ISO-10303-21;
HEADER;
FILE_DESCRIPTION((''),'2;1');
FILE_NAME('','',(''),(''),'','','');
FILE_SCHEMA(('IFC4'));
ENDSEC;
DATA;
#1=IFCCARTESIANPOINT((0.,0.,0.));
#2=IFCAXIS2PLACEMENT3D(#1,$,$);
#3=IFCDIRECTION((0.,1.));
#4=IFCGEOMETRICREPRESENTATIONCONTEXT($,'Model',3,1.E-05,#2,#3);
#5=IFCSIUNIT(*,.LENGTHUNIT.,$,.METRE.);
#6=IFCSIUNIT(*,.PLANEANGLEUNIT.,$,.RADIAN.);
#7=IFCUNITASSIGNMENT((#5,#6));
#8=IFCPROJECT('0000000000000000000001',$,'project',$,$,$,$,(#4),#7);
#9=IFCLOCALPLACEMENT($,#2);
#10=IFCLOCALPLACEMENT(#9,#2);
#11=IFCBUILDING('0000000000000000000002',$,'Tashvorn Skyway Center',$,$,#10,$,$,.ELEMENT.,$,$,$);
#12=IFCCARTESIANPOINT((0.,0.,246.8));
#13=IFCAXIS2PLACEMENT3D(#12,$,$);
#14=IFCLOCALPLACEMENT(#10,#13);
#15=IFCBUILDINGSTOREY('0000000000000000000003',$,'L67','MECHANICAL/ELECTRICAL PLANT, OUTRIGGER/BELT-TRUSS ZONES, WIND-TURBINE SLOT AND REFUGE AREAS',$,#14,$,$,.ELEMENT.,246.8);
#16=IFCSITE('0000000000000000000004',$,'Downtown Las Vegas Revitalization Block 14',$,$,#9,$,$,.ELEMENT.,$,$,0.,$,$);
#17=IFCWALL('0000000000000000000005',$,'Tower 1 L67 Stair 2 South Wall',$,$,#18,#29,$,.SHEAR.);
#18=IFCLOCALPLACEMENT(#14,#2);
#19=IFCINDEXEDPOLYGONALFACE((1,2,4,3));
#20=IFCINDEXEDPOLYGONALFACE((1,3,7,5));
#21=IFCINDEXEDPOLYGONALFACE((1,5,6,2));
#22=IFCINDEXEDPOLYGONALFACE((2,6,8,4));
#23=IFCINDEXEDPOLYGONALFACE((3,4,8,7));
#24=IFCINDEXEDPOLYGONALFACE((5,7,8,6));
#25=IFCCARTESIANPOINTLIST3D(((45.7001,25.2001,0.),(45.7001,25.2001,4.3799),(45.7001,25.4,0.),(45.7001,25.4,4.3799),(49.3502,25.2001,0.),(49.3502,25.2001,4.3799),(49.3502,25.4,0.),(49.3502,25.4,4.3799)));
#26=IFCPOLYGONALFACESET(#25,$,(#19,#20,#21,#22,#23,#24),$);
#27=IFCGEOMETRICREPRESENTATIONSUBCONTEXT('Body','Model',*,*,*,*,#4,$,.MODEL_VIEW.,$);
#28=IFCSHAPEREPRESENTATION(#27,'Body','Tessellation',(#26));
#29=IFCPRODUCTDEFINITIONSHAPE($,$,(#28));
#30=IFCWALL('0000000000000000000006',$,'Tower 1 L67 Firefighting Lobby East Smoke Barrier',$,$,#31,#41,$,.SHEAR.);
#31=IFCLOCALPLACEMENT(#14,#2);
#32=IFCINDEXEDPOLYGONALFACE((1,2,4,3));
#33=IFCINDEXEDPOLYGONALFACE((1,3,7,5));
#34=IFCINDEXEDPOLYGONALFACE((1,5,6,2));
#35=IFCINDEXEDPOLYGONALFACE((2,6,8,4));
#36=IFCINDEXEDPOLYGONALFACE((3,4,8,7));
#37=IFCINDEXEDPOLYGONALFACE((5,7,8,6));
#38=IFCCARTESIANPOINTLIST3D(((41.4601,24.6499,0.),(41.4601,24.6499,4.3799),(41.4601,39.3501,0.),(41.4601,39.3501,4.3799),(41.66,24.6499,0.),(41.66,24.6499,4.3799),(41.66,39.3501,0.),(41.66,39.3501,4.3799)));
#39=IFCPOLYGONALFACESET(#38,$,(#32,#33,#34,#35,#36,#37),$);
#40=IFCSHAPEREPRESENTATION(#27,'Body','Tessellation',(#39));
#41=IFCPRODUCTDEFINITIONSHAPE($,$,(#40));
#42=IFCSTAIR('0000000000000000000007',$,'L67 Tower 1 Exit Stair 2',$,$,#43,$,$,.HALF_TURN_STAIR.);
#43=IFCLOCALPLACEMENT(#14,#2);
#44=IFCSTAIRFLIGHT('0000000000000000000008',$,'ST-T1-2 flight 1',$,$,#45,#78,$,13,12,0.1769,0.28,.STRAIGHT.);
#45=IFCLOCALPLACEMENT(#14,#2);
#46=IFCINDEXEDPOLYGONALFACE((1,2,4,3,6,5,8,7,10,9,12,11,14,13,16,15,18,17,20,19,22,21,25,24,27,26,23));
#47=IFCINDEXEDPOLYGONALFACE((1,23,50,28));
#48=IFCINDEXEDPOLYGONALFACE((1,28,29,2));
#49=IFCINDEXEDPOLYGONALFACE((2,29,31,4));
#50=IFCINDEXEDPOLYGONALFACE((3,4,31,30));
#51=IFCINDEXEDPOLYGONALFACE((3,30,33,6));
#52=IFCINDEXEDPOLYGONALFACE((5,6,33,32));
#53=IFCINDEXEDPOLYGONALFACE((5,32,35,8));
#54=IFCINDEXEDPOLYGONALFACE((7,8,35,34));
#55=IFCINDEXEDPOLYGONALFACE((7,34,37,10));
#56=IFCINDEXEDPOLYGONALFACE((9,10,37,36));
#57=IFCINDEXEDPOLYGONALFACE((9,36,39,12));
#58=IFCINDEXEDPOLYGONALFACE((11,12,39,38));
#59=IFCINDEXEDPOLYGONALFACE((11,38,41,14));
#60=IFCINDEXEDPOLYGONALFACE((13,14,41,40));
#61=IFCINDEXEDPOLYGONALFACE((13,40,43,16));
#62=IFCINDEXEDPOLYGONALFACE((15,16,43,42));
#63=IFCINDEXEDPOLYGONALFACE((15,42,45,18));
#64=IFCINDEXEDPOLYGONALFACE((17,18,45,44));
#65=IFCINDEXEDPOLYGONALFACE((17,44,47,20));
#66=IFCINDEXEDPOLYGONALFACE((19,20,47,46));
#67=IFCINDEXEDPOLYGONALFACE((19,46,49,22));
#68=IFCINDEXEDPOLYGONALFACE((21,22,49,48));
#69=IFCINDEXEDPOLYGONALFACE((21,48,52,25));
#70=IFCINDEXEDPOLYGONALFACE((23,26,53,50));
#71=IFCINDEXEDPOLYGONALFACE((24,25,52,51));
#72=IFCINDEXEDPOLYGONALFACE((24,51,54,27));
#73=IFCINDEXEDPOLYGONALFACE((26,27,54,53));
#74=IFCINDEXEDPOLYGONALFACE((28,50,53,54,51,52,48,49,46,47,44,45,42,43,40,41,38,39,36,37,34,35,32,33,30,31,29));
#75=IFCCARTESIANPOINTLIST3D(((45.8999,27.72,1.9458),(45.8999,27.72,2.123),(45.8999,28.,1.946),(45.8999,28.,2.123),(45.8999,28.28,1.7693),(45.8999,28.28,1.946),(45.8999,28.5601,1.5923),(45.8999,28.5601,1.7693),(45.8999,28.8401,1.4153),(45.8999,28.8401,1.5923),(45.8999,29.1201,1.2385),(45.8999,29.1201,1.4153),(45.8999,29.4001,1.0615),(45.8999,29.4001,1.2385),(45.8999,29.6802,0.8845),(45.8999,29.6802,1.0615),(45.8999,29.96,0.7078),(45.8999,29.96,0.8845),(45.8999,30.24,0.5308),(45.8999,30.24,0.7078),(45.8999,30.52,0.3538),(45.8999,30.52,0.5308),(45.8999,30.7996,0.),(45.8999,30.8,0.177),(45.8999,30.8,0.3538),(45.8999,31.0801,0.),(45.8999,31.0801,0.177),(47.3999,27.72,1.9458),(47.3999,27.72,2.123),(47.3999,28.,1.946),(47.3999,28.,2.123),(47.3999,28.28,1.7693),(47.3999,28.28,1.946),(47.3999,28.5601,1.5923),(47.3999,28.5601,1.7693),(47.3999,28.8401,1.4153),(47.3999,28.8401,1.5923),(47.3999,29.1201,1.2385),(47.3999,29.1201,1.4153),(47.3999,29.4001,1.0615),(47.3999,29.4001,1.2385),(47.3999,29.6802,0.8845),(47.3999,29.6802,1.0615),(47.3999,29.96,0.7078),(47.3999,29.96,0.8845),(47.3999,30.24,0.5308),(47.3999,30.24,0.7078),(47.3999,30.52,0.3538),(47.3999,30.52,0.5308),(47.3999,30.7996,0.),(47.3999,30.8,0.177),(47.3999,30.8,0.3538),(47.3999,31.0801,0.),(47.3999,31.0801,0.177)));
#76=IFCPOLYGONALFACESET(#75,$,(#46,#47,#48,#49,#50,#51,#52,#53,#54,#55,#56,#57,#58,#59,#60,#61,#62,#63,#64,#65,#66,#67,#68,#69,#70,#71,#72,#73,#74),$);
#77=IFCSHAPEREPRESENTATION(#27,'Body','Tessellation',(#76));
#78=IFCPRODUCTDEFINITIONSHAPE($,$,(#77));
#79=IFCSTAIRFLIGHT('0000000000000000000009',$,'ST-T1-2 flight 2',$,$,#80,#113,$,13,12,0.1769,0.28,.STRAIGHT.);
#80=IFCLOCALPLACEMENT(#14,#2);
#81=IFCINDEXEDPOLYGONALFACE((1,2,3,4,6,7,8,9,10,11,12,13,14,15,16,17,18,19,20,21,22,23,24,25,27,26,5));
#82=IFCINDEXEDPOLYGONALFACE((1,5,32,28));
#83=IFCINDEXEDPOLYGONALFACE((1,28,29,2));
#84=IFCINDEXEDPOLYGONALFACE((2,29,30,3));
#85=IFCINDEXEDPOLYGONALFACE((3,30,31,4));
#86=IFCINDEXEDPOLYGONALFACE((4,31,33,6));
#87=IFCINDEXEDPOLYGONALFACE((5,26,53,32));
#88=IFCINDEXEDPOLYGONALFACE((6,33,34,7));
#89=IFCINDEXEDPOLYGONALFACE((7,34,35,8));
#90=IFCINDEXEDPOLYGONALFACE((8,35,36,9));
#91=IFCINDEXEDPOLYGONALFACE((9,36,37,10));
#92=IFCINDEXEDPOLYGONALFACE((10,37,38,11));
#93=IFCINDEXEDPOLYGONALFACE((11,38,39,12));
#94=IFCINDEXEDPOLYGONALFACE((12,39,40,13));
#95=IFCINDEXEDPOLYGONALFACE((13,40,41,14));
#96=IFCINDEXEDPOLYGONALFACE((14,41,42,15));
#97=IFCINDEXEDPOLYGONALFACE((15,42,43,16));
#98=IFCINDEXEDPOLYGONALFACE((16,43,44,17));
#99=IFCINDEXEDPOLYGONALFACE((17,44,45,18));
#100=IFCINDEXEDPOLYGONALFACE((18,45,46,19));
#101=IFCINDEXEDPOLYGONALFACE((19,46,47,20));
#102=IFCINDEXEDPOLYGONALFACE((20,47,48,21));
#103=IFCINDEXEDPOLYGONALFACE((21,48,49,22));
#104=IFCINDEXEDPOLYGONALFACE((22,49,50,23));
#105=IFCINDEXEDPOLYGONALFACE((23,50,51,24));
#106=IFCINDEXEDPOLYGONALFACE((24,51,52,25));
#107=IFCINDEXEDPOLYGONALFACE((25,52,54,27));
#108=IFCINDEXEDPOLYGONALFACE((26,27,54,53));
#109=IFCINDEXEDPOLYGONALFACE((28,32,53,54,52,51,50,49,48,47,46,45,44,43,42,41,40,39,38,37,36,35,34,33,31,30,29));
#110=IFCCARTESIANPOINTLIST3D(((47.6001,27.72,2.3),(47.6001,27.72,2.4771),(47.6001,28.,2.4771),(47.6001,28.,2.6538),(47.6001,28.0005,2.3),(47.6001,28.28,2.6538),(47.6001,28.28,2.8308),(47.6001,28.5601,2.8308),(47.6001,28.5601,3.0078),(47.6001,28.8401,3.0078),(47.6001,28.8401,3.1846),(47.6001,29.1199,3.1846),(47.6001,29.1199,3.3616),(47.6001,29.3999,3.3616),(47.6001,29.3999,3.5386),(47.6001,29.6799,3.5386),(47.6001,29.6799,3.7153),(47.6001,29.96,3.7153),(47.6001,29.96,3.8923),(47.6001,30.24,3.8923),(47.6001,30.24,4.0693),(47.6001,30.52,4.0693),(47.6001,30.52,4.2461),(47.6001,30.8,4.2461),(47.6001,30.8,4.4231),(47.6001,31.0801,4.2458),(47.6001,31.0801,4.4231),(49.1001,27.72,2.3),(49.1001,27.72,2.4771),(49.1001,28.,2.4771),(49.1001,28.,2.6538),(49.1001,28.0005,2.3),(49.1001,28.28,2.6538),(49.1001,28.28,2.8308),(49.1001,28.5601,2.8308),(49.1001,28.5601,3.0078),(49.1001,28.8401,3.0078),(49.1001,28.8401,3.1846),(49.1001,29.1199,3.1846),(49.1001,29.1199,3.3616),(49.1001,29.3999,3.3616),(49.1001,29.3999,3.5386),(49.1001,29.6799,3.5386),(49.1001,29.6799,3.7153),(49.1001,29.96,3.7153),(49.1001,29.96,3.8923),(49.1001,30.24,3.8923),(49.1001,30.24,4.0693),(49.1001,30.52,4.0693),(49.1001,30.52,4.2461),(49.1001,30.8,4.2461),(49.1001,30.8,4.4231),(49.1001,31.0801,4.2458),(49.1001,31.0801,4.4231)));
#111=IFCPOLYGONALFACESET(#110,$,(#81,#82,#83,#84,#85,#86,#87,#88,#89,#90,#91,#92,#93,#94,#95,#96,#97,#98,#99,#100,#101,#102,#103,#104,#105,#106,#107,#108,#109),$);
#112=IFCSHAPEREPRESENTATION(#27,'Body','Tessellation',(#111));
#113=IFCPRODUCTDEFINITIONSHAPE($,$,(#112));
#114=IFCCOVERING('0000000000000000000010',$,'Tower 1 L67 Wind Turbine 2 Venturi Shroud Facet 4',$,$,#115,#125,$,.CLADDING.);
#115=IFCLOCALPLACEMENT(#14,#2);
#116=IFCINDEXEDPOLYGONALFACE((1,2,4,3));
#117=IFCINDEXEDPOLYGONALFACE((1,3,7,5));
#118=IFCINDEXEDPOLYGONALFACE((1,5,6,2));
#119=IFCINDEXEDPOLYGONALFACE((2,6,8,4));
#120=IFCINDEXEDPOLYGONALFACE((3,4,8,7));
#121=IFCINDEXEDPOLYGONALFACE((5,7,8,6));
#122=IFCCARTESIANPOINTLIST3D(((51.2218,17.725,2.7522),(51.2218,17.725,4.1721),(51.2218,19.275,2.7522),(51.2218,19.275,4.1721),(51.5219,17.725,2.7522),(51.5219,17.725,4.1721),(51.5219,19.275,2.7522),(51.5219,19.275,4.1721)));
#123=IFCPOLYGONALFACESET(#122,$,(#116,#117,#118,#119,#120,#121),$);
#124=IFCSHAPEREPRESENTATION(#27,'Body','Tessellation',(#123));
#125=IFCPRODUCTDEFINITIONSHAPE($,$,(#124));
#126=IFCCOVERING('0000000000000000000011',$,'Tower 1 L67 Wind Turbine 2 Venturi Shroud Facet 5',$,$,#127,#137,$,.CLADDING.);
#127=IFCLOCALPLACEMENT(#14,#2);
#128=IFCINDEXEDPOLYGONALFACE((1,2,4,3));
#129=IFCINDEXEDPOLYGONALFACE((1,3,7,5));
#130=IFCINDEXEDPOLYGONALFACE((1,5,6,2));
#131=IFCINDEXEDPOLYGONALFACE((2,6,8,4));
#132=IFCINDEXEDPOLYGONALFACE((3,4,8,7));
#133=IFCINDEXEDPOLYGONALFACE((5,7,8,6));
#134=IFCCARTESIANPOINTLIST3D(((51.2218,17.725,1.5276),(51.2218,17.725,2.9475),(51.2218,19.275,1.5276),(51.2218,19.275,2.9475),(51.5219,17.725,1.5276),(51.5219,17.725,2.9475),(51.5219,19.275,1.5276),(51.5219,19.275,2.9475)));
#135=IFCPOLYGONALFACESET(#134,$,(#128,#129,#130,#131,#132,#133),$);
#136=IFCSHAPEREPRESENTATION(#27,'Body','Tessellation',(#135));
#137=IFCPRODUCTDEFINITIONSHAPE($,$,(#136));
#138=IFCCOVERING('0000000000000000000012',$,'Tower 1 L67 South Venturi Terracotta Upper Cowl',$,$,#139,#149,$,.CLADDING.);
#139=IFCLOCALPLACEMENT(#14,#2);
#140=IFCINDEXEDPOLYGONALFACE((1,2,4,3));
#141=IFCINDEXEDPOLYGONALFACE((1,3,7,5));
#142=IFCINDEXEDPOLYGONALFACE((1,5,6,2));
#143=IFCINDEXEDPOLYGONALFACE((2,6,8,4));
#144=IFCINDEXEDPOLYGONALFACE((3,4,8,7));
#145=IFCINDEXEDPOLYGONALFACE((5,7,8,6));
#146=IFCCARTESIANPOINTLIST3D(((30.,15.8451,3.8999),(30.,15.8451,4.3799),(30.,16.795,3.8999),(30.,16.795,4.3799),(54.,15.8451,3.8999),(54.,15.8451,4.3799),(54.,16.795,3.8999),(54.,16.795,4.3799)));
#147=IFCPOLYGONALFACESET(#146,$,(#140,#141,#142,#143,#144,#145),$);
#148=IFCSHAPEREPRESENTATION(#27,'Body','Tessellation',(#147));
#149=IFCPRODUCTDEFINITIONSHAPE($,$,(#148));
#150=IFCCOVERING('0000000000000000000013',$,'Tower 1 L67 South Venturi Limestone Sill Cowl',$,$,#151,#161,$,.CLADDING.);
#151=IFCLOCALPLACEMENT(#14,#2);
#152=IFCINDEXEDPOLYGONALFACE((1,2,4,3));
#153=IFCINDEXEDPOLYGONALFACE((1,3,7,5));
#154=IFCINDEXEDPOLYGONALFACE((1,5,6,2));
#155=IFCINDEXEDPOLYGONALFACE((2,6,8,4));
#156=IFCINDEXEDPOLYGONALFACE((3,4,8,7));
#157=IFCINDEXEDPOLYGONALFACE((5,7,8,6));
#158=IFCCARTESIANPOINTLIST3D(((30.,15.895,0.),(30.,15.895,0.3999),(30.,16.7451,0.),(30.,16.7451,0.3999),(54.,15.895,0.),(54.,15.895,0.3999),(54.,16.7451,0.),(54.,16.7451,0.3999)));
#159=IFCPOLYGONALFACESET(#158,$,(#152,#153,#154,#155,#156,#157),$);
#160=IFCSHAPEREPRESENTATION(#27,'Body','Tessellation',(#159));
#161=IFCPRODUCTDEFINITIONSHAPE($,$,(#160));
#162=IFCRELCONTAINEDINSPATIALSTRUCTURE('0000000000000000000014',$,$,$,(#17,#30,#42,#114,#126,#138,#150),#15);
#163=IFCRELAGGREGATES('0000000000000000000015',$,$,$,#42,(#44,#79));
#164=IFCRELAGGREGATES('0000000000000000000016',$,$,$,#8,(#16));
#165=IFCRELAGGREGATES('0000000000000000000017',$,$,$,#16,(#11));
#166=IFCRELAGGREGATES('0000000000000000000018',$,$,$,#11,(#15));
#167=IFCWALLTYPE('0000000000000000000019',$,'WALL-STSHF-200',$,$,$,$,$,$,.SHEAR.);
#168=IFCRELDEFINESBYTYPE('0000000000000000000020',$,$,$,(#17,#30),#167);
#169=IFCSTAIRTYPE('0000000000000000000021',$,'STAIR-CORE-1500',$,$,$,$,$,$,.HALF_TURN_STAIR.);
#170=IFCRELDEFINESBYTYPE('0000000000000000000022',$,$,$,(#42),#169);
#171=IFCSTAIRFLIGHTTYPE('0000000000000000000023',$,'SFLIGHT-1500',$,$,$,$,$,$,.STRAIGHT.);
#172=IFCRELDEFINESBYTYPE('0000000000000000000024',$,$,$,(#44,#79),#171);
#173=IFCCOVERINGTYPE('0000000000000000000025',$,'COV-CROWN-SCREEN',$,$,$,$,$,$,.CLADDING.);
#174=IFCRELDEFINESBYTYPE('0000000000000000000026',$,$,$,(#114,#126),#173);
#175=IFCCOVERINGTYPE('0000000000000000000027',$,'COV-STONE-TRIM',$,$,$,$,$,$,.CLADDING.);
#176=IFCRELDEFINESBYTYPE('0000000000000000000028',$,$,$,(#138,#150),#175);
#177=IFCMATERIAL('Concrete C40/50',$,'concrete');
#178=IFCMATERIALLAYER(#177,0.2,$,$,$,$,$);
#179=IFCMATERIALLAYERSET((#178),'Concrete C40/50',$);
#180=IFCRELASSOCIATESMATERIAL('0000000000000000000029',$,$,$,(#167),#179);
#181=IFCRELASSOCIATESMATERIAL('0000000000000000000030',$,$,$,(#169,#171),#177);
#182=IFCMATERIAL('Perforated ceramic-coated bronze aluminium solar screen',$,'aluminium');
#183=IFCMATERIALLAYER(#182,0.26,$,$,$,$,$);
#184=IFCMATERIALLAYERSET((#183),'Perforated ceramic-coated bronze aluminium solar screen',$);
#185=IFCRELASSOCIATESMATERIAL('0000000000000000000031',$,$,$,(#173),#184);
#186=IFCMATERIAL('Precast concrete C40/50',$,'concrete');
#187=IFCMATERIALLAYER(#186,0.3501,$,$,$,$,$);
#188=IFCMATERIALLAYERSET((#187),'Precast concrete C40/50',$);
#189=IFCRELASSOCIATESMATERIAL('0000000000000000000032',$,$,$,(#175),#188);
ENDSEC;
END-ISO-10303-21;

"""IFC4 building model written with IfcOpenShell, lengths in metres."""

from ifc_helpers import new_model, si_unit, direction, frame, frame_2d, origin, origin_2d, place, context, subcontext, project, spatial, polyline, rectangle, outline, extrude, material, layer, layer_set, type_object, element, aggregate, save


model = new_model("IFC4")

# Units and contexts
model_context = context("Model", 3, precision=1e-05, world=origin(), true_north=direction((0.0, 1.0)))
body_context = subcontext(model_context, "Body", "Model", "MODEL_VIEW")
ifc_project = project(units=[si_unit("LENGTHUNIT", "METRE"), si_unit("PLANEANGLEUNIT", "RADIAN")], contexts=[model_context])

# Site, building, storey
site_placement = place(None, origin())
site = spatial("IfcSite", under=ifc_project, at=site_placement, Name="Downtown Las Vegas Revitalization Block 14", CompositionType="ELEMENT", RefElevation=0.0)
building_placement = place(site_placement, origin())
building = spatial("IfcBuilding", under=site, at=building_placement, Name="Tashvorn Skyway Center", CompositionType="ELEMENT")
storey_placement = place(building_placement, frame((0.0, 0.0, 246.8)))
storey = spatial("IfcBuildingStorey", under=building, at=storey_placement, Name="L67", Description="MECHANICAL/ELECTRICAL PLANT, OUTRIGGER/BELT-TRUSS ZONES, WIND-TURBINE SLOT AND REFUGE AREAS", CompositionType="ELEMENT", Elevation=246.8)

# Shared definitions
ifc_material_1 = material(Name="Concrete C40/50", Category="concrete")

# Walls
ifc_layer_1 = layer(ifc_material_1, 0.2)
ifc_layer_set_1 = layer_set([ifc_layer_1], Name="Concrete C40/50")
wall_type_1 = type_object("IfcWallType", Name="WALL-STSHF-200", PredefinedType="SHEAR", material=ifc_layer_set_1)
wall_1_placement = place(storey_placement, frame((45.7, 25.3, 0.0), z_axis=(0.0, 0.0, 1.0), x_axis=(1.0, 0.0, 0.0)))
element("IfcWall", 1, at=wall_1_placement, inside=storey, type_object=wall_type_1, Name="Tower 1 L67 Stair 2 South Wall", PredefinedType="SHEAR", context=body_context, shape_type="SweptSolid", body=[
    extrude(rectangle(XDim=3.6501, YDim=0.2, at=frame_2d((1.8252, 0.0))), origin(), (0.0, 0.0, 1.0), 4.3799),
])
wall_2_placement = place(storey_placement, frame((41.5601, 24.6499, 0.0), z_axis=(0.0, 0.0, 1.0), x_axis=(0.0, 1.0, 0.0)))
element("IfcWall", 2, at=wall_2_placement, inside=storey, type_object=wall_type_1, Name="Tower 1 L67 Firefighting Lobby East Smoke Barrier", PredefinedType="SHEAR", context=body_context, shape_type="SweptSolid", body=[
    extrude(rectangle(XDim=14.7002, YDim=0.2, at=frame_2d((7.3501, 0.0))), origin(), (0.0, 0.0, 1.0), 4.3799),
])

# Stair, stair flights
stair_type = type_object("IfcStairType", Name="STAIR-CORE-1500", PredefinedType="HALF_TURN_STAIR", material=ifc_material_1)
stair_placement = place(storey_placement, origin())
stair = element("IfcStair", 3, at=stair_placement, inside=storey, type_object=stair_type, Name="L67 Tower 1 Exit Stair 2", PredefinedType="HALF_TURN_STAIR")
stair_flight_type = type_object("IfcStairFlightType", Name="SFLIGHT-1500", PredefinedType="STRAIGHT", material=ifc_material_1)
stair_flight_1_placement = place(storey_placement, frame((46.6499, 31.0801, 0.0), z_axis=(0.0, 0.0, 1.0), x_axis=(0.0, -1.0, 0.0)))
stair_flight_1 = element("IfcStairFlight", 4, at=stair_flight_1_placement, type_object=stair_flight_type, Name="ST-T1-2 flight 1", NumberOfRisers=13, NumberOfTreads=12, PredefinedType="STRAIGHT", RiserHeight=0.1769, TreadLength=0.28, context=body_context, shape_type="SweptSolid", body=[
    extrude(outline(polyline([(0.0, 0.0), (0.0, 0.177), (0.28, 0.177), (0.28, 0.3538), (0.5601, 0.3538), (0.5601, 0.5308), (0.8401, 0.5308), (0.8401, 0.7078), (1.1201, 0.7078), (1.1201, 0.8845), (1.3999, 0.8845), (1.3999, 1.0615), (1.6799, 1.0615), (1.6799, 1.2385), (1.96, 1.2385), (1.96, 1.4153), (2.24, 1.4153), (2.24, 1.5923), (2.52, 1.5923), (2.52, 1.7693), (2.8, 1.7693), (2.8, 1.946), (3.0801, 1.946), (3.0801, 2.123), (3.3601, 2.123), (3.3601, 2.3), (3.3601, 1.9458), (0.2805, 0.0), (0.0, 0.0)])), frame((0.0, 0.75, 0.0), z_axis=(0.0, -1.0, 0.0), x_axis=(1.0, 0.0, 0.0)), (0.0, 0.0, 1.0), 1.5),
])
stair_flight_2_placement = place(storey_placement, frame((48.3501, 27.72, 2.3), z_axis=(0.0, 0.0, 1.0), x_axis=(0.0, 1.0, 0.0)))
stair_flight_2 = element("IfcStairFlight", 5, at=stair_flight_2_placement, type_object=stair_flight_type, Name="ST-T1-2 flight 2", NumberOfRisers=13, NumberOfTreads=12, PredefinedType="STRAIGHT", RiserHeight=0.1769, TreadLength=0.28, context=body_context, shape_type="SweptSolid", body=[
    extrude(outline(polyline([(0.0, 0.0), (0.0, 0.177), (0.28, 0.177), (0.28, 0.3538), (0.5601, 0.3538), (0.5601, 0.5308), (0.8401, 0.5308), (0.8401, 0.7078), (1.1201, 0.7078), (1.1201, 0.8845), (1.3999, 0.8845), (1.3999, 1.0615), (1.6799, 1.0615), (1.6799, 1.2385), (1.96, 1.2385), (1.96, 1.4153), (2.24, 1.4153), (2.24, 1.5923), (2.52, 1.5923), (2.52, 1.7693), (2.8, 1.7693), (2.8, 1.946), (3.0801, 1.946), (3.0801, 2.123), (3.3601, 2.123), (3.3601, 2.3), (3.3601, 1.9458), (0.2805, 0.0), (0.0, 0.0)])), frame((0.0, 0.75, 0.0), z_axis=(0.0, -1.0, 0.0), x_axis=(1.0, 0.0, 0.0)), (0.0, 0.0, 1.0), 1.5),
])
aggregate(stair, [stair_flight_1, stair_flight_2])

# Coverings
ifc_material_2 = material(Name="Perforated ceramic-coated bronze aluminium solar screen", Category="aluminium")
ifc_layer_2 = layer(ifc_material_2, 0.26)
ifc_layer_set_2 = layer_set([ifc_layer_2], Name="Perforated ceramic-coated bronze aluminium solar screen")
covering_type_1 = type_object("IfcCoveringType", Name="COV-CROWN-SCREEN", PredefinedType="CLADDING", material=ifc_layer_set_2)
for number, where, z_axis, x_axis, name in (
    (6, (51.3718, 18.5, 2.7522), (0.0, 0.0, 1.0), (1.0, 0.0, 0.0), "Tower 1 L67 Wind Turbine 2 Venturi Shroud Facet 4"),
    (7, (51.3718, 18.5, 1.5276), (0.0, 0.0, 1.0), (1.0, 0.0, 0.0), "Tower 1 L67 Wind Turbine 2 Venturi Shroud Facet 5"),
):
    element("IfcCovering", number, at=place(storey_placement, frame(where, z_axis=z_axis, x_axis=x_axis)), inside=storey, type_object=covering_type_1, Name=name, PredefinedType="CLADDING", context=body_context, shape_type="SweptSolid", body=[
        extrude(rectangle(XDim=0.3, YDim=1.55, at=origin_2d()), origin(), (0.0, 0.0, 1.0), 1.4199),
    ])
ifc_material_3 = material(Name="Precast concrete C40/50", Category="concrete")
ifc_layer_3 = layer(ifc_material_3, 0.3501)
ifc_layer_set_3 = layer_set([ifc_layer_3], Name="Precast concrete C40/50")
covering_type_2 = type_object("IfcCoveringType", Name="COV-STONE-TRIM", PredefinedType="CLADDING", material=ifc_layer_set_3)
covering_1_placement = place(storey_placement, frame((42.0, 16.3201, 3.8999), z_axis=(0.0, 0.0, 1.0), x_axis=(-1.0, 0.0, 0.0)))
element("IfcCovering", 8, at=covering_1_placement, inside=storey, type_object=covering_type_2, Name="Tower 1 L67 South Venturi Terracotta Upper Cowl", PredefinedType="CLADDING", context=body_context, shape_type="SweptSolid", body=[
    extrude(rectangle(XDim=24.0, YDim=0.95, at=origin_2d()), origin(), (0.0, 0.0, 1.0), 0.48),
])
covering_2_placement = place(storey_placement, frame((42.0, 16.3201, 0.0), z_axis=(0.0, 0.0, 1.0), x_axis=(-1.0, 0.0, 0.0)))
element("IfcCovering", 9, at=covering_2_placement, inside=storey, type_object=covering_type_2, Name="Tower 1 L67 South Venturi Limestone Sill Cowl", PredefinedType="CLADDING", context=body_context, shape_type="SweptSolid", body=[
    extrude(rectangle(XDim=24.0, YDim=0.8501, at=origin_2d()), origin(), (0.0, 0.0, 1.0), 0.3999),
])

save(model, "model.ifc")
